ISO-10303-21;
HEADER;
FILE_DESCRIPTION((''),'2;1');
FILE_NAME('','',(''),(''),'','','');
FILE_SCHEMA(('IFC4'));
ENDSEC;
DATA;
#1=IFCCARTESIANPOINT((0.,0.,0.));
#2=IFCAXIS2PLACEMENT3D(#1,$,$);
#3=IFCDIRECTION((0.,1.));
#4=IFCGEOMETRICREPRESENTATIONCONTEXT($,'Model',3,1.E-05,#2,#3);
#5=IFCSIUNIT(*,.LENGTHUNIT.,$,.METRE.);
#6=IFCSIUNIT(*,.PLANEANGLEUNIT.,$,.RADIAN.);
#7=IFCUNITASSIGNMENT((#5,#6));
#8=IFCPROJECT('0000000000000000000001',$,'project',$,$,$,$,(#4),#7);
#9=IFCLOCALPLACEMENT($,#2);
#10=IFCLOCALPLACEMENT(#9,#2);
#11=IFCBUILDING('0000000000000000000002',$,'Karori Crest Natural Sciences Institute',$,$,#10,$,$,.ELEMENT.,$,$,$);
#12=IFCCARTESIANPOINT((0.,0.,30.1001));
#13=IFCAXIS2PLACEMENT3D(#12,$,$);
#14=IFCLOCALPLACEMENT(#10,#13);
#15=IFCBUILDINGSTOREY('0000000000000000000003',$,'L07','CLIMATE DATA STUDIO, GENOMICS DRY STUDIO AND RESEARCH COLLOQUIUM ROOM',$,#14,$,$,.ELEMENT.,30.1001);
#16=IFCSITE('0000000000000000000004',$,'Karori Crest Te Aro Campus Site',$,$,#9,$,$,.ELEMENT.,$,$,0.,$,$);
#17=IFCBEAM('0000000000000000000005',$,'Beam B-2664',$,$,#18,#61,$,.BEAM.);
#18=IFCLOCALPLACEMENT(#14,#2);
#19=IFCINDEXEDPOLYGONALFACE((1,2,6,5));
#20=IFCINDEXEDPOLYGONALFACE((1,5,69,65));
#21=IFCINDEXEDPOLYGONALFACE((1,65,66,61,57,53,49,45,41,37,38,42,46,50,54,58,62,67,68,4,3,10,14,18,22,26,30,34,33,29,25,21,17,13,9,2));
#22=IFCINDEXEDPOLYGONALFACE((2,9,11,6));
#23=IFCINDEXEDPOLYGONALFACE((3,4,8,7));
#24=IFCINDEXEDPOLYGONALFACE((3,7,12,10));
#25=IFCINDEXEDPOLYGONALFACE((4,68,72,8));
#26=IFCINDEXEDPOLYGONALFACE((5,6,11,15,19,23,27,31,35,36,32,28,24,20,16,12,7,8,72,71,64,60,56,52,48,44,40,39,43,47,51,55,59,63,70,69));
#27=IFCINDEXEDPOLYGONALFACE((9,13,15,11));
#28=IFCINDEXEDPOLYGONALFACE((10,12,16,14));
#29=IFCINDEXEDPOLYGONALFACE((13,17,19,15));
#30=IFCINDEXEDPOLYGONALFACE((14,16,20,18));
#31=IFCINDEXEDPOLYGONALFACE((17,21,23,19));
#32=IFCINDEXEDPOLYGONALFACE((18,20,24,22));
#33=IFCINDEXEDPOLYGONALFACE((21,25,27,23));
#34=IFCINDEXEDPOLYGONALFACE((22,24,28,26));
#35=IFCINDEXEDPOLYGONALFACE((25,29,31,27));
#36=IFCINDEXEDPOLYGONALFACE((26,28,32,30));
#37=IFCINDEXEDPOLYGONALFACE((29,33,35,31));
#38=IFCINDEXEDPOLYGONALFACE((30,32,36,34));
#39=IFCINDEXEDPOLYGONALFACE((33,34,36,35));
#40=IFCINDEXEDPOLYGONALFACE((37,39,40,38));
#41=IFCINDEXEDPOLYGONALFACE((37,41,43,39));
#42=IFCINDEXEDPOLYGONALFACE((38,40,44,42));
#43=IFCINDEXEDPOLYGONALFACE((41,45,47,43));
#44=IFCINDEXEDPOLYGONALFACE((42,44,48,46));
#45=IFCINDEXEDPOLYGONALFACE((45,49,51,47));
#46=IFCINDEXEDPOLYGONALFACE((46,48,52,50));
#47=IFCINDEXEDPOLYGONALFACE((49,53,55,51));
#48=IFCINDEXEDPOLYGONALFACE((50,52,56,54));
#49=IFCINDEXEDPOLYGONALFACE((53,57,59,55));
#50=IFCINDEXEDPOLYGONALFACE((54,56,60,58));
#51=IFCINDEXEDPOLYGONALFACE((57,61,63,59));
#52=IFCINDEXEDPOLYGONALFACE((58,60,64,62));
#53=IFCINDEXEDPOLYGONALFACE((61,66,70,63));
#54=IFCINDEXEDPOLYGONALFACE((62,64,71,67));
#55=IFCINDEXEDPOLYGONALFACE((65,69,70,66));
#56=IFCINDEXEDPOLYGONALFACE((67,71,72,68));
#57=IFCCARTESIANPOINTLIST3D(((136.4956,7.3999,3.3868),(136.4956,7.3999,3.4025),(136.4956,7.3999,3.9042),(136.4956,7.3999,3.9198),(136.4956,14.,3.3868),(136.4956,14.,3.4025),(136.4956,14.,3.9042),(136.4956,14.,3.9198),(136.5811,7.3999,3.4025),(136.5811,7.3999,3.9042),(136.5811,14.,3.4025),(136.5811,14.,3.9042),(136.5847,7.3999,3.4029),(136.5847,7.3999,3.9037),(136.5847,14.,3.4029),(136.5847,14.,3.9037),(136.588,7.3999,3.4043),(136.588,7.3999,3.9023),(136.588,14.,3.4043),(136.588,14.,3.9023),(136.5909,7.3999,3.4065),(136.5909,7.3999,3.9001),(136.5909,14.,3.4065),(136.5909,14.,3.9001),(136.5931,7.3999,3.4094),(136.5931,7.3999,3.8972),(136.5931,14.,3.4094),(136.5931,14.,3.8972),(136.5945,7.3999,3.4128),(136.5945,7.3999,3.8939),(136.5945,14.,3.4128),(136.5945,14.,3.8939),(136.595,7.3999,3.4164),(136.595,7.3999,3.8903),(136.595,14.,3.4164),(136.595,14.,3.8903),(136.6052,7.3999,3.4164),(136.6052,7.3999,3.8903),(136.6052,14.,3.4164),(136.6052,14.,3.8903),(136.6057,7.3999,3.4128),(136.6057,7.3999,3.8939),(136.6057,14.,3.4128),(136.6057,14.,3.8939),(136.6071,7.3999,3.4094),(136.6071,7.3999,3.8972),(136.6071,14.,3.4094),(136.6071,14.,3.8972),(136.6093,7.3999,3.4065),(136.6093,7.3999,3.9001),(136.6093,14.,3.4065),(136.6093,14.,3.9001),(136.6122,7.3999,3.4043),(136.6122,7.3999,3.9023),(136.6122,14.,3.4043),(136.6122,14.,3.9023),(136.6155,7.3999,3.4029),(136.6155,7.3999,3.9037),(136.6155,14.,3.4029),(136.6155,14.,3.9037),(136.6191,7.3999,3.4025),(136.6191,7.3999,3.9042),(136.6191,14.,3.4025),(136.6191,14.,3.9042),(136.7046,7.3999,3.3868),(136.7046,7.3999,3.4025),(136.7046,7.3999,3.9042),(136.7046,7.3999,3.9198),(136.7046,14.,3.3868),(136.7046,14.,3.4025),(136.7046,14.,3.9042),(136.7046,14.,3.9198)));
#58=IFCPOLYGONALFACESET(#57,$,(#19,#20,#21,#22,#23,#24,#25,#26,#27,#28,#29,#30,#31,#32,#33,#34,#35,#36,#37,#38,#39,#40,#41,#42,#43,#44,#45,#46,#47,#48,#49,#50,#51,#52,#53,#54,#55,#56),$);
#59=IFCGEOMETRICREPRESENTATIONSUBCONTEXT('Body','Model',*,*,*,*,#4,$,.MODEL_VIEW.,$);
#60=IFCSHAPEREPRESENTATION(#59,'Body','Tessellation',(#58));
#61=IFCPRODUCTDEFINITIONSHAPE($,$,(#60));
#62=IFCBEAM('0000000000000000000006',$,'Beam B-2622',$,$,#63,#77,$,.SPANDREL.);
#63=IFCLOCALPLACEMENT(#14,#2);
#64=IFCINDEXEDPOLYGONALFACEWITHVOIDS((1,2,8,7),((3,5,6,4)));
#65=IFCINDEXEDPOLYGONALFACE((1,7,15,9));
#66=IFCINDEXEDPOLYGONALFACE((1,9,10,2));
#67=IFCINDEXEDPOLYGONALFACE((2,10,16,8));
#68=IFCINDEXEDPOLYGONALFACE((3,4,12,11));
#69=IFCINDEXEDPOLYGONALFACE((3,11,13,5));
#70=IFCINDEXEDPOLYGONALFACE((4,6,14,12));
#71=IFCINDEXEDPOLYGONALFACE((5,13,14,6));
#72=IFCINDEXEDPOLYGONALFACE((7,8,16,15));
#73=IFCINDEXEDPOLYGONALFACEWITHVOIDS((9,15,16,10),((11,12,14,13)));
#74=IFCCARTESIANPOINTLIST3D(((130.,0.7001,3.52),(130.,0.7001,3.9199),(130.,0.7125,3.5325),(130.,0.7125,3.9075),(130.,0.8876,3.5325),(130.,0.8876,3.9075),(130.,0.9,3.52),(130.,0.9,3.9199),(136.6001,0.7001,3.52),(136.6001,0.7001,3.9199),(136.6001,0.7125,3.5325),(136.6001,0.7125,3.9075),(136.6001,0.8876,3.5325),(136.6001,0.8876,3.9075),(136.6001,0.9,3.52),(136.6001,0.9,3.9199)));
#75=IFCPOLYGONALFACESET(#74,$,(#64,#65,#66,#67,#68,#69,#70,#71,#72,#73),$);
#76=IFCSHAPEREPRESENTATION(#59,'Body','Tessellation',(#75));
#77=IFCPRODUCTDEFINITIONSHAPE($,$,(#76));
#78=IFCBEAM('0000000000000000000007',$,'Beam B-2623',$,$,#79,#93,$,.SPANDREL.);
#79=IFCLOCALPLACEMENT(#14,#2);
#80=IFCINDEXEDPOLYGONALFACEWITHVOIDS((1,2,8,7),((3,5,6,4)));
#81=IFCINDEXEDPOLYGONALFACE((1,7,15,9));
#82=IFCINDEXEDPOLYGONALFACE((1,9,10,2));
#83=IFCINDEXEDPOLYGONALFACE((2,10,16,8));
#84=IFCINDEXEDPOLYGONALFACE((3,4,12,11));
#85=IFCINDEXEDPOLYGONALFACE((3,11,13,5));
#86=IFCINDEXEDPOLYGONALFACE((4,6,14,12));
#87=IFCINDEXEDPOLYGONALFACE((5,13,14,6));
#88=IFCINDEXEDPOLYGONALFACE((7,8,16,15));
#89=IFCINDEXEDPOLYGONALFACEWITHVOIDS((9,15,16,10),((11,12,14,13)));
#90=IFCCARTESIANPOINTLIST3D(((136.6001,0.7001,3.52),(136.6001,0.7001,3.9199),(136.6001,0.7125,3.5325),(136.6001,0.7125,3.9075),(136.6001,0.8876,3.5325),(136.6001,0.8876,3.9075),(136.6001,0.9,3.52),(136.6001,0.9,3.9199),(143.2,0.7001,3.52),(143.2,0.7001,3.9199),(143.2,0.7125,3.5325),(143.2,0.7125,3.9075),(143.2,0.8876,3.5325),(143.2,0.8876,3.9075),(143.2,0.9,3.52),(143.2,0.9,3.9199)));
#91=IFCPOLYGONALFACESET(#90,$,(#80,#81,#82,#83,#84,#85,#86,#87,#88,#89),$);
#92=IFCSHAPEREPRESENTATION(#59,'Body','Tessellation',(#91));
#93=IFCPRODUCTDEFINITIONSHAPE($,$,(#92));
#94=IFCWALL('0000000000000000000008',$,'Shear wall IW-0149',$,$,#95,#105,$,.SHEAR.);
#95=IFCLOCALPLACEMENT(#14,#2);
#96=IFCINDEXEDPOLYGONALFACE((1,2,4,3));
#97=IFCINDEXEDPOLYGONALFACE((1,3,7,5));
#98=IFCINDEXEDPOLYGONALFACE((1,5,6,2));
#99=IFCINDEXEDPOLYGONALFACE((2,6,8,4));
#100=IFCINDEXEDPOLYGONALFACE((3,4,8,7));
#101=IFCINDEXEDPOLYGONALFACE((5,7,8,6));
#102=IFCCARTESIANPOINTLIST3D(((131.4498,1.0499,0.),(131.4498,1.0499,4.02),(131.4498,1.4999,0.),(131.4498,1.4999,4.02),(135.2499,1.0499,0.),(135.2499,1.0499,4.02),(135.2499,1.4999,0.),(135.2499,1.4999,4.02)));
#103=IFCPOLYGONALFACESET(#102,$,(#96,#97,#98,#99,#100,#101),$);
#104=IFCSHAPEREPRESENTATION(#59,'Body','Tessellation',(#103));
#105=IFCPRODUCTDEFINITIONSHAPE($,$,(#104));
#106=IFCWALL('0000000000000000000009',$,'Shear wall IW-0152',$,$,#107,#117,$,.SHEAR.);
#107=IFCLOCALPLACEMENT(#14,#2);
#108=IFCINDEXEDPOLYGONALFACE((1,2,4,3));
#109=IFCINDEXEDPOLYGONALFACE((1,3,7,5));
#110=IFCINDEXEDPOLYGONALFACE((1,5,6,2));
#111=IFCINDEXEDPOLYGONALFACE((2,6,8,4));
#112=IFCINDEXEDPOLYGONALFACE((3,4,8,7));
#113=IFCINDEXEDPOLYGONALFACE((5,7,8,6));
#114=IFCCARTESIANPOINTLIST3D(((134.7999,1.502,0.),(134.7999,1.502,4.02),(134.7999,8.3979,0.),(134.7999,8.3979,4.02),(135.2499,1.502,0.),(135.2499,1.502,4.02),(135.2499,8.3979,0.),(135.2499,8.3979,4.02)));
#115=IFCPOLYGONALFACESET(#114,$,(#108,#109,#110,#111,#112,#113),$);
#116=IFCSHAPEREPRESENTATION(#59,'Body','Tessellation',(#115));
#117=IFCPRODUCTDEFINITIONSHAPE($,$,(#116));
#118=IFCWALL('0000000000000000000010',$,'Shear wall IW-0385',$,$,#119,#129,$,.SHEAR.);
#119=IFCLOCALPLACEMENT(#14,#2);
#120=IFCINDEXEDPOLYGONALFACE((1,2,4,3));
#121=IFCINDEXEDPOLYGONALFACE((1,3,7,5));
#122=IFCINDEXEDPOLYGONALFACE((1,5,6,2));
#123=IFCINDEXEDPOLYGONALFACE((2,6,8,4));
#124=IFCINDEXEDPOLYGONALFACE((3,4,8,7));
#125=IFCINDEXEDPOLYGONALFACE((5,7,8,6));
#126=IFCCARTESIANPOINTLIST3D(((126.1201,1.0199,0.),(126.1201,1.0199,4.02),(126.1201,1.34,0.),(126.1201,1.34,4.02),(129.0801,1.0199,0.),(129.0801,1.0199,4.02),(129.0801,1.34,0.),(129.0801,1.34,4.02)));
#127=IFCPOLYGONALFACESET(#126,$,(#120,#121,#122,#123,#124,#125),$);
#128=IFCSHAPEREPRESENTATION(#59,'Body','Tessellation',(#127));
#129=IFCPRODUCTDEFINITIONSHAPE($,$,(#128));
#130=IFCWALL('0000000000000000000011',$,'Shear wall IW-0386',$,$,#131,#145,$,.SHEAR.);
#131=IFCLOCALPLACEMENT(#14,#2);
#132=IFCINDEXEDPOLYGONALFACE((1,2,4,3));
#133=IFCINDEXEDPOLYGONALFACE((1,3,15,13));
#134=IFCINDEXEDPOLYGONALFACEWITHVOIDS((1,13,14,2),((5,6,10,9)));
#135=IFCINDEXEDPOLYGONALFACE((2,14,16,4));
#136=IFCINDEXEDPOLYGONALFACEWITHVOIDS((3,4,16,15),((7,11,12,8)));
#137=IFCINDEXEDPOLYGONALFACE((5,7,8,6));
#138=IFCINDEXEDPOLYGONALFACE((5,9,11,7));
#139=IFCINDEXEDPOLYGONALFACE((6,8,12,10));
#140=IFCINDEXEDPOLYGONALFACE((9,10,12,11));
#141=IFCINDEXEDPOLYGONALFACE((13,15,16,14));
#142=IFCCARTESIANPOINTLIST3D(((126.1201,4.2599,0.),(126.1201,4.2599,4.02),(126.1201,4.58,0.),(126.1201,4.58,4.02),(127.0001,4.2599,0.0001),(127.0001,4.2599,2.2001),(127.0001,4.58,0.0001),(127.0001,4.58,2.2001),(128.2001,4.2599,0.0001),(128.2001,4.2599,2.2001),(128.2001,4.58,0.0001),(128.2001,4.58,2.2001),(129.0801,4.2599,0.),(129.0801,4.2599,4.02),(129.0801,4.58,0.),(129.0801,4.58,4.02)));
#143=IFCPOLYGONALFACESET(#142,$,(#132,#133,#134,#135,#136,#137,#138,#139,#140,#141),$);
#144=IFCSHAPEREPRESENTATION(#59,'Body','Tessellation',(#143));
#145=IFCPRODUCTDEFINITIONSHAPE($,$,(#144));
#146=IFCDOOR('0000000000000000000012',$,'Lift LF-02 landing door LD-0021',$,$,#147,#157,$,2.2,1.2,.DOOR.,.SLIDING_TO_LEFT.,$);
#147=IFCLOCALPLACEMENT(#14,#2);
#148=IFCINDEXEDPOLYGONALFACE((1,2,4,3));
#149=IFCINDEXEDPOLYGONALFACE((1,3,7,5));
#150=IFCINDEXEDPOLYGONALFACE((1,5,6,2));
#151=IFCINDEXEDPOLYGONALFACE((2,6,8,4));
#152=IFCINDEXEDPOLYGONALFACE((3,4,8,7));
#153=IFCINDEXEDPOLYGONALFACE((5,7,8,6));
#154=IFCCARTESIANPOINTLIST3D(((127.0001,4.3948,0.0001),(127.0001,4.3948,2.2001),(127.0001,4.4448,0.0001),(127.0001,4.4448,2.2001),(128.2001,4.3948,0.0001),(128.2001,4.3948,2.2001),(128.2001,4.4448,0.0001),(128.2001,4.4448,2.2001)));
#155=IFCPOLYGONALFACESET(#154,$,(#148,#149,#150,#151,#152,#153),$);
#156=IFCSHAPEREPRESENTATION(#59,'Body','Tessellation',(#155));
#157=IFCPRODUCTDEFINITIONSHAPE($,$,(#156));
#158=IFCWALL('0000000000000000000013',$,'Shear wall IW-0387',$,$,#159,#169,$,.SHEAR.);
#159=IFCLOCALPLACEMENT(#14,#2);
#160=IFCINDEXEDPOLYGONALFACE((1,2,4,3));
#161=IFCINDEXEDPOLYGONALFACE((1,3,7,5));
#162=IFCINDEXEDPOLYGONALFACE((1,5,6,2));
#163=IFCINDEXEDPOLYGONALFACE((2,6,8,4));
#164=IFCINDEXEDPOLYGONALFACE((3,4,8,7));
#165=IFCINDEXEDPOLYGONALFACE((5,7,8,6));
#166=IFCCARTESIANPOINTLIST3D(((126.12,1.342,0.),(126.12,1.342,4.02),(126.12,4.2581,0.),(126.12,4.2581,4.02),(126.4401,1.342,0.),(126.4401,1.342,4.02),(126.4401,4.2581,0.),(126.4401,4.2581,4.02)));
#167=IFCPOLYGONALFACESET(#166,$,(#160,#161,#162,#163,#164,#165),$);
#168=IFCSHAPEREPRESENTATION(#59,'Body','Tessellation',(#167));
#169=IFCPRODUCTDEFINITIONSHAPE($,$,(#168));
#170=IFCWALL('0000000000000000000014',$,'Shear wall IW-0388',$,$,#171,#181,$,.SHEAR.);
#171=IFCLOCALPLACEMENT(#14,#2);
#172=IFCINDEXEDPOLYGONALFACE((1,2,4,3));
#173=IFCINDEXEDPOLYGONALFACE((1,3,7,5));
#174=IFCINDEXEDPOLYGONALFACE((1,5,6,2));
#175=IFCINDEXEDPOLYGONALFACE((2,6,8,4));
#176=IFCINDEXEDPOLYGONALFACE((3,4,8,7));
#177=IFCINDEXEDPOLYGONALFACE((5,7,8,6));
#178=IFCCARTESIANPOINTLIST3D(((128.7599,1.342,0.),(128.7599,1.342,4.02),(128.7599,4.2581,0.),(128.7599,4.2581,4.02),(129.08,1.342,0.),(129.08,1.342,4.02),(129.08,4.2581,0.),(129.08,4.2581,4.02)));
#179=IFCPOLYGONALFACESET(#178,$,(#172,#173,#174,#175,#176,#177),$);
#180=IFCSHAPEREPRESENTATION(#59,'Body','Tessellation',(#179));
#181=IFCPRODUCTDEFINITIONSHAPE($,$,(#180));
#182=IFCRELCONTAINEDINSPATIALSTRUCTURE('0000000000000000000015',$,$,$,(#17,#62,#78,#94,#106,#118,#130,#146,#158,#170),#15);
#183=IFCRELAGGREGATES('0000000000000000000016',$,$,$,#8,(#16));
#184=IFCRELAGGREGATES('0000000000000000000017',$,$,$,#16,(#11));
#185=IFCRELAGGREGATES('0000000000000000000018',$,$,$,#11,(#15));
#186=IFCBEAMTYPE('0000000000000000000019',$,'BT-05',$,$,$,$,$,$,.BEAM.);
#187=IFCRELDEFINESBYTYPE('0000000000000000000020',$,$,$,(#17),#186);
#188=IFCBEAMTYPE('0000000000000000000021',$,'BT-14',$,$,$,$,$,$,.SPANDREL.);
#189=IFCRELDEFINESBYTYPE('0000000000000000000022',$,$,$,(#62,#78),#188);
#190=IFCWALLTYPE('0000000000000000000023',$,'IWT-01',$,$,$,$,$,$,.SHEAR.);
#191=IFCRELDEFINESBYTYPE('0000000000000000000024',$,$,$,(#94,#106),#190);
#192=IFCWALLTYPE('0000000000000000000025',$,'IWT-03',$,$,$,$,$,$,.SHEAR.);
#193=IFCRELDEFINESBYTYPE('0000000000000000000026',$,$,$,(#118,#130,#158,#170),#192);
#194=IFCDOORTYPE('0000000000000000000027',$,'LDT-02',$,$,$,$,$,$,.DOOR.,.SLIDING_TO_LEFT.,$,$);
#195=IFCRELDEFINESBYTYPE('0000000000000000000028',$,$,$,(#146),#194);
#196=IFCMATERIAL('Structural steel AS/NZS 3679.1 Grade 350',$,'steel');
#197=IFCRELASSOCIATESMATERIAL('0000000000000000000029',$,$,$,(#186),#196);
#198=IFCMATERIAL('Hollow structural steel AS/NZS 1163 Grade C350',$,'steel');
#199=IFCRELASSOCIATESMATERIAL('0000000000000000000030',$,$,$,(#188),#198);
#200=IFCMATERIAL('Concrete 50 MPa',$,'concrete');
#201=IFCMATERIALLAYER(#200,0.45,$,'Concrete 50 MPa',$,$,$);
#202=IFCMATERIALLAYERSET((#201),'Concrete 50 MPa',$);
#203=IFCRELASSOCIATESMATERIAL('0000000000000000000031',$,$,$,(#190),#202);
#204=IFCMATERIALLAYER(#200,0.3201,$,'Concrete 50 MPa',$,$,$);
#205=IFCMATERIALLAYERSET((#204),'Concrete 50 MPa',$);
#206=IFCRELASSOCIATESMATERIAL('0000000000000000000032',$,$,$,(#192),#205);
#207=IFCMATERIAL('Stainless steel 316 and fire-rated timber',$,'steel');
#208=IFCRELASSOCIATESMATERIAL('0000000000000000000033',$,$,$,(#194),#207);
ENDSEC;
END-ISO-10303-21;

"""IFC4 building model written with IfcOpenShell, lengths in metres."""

from ifc_helpers import new_model, si_unit, direction, frame, frame_2d, origin, origin_2d, place, context, subcontext, project, spatial, rectangle, hollow_rectangle, i_section, extrude, material, layer, layer_set, material_profile, profile_set, type_object, element, fill, save


model = new_model("IFC4")

# Units and contexts
model_context = context("Model", 3, precision=1e-05, world=origin(), true_north=direction((0.0, 1.0)))
body_context = subcontext(model_context, "Body", "Model", "MODEL_VIEW")
ifc_project = project(units=[si_unit("LENGTHUNIT", "METRE"), si_unit("PLANEANGLEUNIT", "RADIAN")], contexts=[model_context])

# Site, building, storey
site_placement = place(None, origin())
site = spatial("IfcSite", under=ifc_project, at=site_placement, Name="Karori Crest Te Aro Campus Site", CompositionType="ELEMENT", RefElevation=0.0)
building_placement = place(site_placement, origin())
building = spatial("IfcBuilding", under=site, at=building_placement, Name="Karori Crest Natural Sciences Institute", CompositionType="ELEMENT")
storey_placement = place(building_placement, frame((0.0, 0.0, 30.1001)))
storey = spatial("IfcBuildingStorey", under=building, at=storey_placement, Name="L07", Description="CLIMATE DATA STUDIO, GENOMICS DRY STUDIO AND RESEARCH COLLOQUIUM ROOM", CompositionType="ELEMENT", Elevation=30.1001)

# Shared definitions
ifc_material_1 = material(Name="Structural steel AS/NZS 3679.1 Grade 350", Category="steel")
ifc_material_2 = material(Name="Concrete 50 MPa", Category="concrete")

# Beams
ifc_material_profile_1 = material_profile(ifc_material_1, i_section(OverallWidth=0.209, OverallDepth=0.533, WebThickness=0.0103, FlangeThickness=0.0156, FilletRadius=0.0139, at=origin_2d()), Name="530UB92.4")
ifc_profile_set_1 = profile_set([ifc_material_profile_1], Name="Structural steel AS/NZS 3679.1 Grade 350")
beam_type_1 = type_object("IfcBeamType", Name="BT-05", PredefinedType="BEAM", material=ifc_profile_set_1)
beam_1_placement = place(storey_placement, frame((136.6001, 7.3999, 3.6533), z_axis=(0.0, 1.0, 0.0), x_axis=(-1.0, 0.0, 0.0)))
element("IfcBeam", 1, at=beam_1_placement, inside=storey, type_object=beam_type_1, Name="Beam B-2664", PredefinedType="BEAM", context=body_context, shape_type="SweptSolid", body=[
    extrude(i_section(OverallWidth=0.209, OverallDepth=0.533, WebThickness=0.0103, FlangeThickness=0.0156, FilletRadius=0.0139, at=origin_2d()), origin(), (0.0, 0.0, 1.0), 6.6001),
])
ifc_material_3 = material(Name="Hollow structural steel AS/NZS 1163 Grade C350", Category="steel")
ifc_material_profile_2 = material_profile(ifc_material_3, hollow_rectangle(XDim=0.2, YDim=0.3999, WallThickness=0.0125, at=origin_2d()), Name="RHS400x200x12.5")
ifc_profile_set_2 = profile_set([ifc_material_profile_2], Name="Hollow structural steel AS/NZS 1163 Grade C350")
beam_type_2 = type_object("IfcBeamType", Name="BT-14", PredefinedType="SPANDREL", material=ifc_profile_set_2)
beam_2_placement = place(storey_placement, frame((130.0, 0.8, 3.72), z_axis=(1.0, 0.0, 0.0), x_axis=(0.0, 1.0, 0.0)))
element("IfcBeam", 2, at=beam_2_placement, inside=storey, type_object=beam_type_2, Name="Beam B-2622", PredefinedType="SPANDREL", context=body_context, shape_type="SweptSolid", body=[
    extrude(hollow_rectangle(XDim=0.2, YDim=0.3999, WallThickness=0.0125, at=origin_2d()), origin(), (0.0, 0.0, 1.0), 6.6001),
])
beam_3_placement = place(storey_placement, frame((136.6001, 0.8, 3.72), z_axis=(1.0, 0.0, 0.0), x_axis=(0.0, 1.0, 0.0)))
element("IfcBeam", 3, at=beam_3_placement, inside=storey, type_object=beam_type_2, Name="Beam B-2623", PredefinedType="SPANDREL", context=body_context, shape_type="SweptSolid", body=[
    extrude(hollow_rectangle(XDim=0.2, YDim=0.3999, WallThickness=0.0125, at=origin_2d()), origin(), (0.0, 0.0, 1.0), 6.5999),
])

# Wall
ifc_layer_1 = layer(ifc_material_2, 0.45, Name="Concrete 50 MPa")
ifc_layer_set_1 = layer_set([ifc_layer_1], Name="Concrete 50 MPa")
wall_type_1 = type_object("IfcWallType", Name="IWT-01", PredefinedType="SHEAR", material=ifc_layer_set_1)
wall_1_placement = place(storey_placement, frame((131.45, 1.2749, 0.0), z_axis=(0.0, 0.0, 1.0), x_axis=(1.0, 0.0, 0.0)))
element("IfcWall", 4, at=wall_1_placement, inside=storey, type_object=wall_type_1, Name="Shear wall IW-0149", PredefinedType="SHEAR", context=body_context, shape_type="SweptSolid", body=[
    extrude(rectangle(XDim=3.8, YDim=0.45, at=frame_2d((1.8999, 0.0))), origin(), (0.0, 0.0, 1.0), 4.02),
])

# Shared definitions
ifc_material_4 = material(Name="Stainless steel 316 and fire-rated timber", Category="steel")

# Walls
wall_2_placement = place(storey_placement, frame((135.0249, 1.502, 0.0), z_axis=(0.0, 0.0, 1.0), x_axis=(0.0, 1.0, 0.0)))
element("IfcWall", 5, at=wall_2_placement, inside=storey, type_object=wall_type_1, Name="Shear wall IW-0152", PredefinedType="SHEAR", context=body_context, shape_type="SweptSolid", body=[
    extrude(rectangle(XDim=6.896, YDim=0.45, at=frame_2d((3.448, 0.0))), origin(), (0.0, 0.0, 1.0), 4.02),
])
ifc_layer_2 = layer(ifc_material_2, 0.3201, Name="Concrete 50 MPa")
ifc_layer_set_2 = layer_set([ifc_layer_2], Name="Concrete 50 MPa")
wall_type_2 = type_object("IfcWallType", Name="IWT-03", PredefinedType="SHEAR", material=ifc_layer_set_2)
wall_3_placement = place(storey_placement, frame((126.1201, 1.1799, 0.0), z_axis=(0.0, 0.0, 1.0), x_axis=(1.0, 0.0, 0.0)))
element("IfcWall", 6, at=wall_3_placement, inside=storey, type_object=wall_type_2, Name="Shear wall IW-0385", PredefinedType="SHEAR", context=body_context, shape_type="SweptSolid", body=[
    extrude(rectangle(XDim=2.96, YDim=0.3201, at=frame_2d((1.48, 0.0))), origin(), (0.0, 0.0, 1.0), 4.02),
])

# Wall, opening, door
wall_4_placement = place(storey_placement, frame((126.1201, 4.4199, 0.0), z_axis=(0.0, 0.0, 1.0), x_axis=(1.0, 0.0, 0.0)))
wall_4 = element("IfcWall", 7, at=wall_4_placement, inside=storey, type_object=wall_type_2, Name="Shear wall IW-0386", PredefinedType="SHEAR", context=body_context, shape_type="SweptSolid", body=[
    extrude(rectangle(XDim=2.96, YDim=0.3201, at=frame_2d((1.48, 0.0))), origin(), (0.0, 0.0, 1.0), 4.02),
])
opening_1_placement = place(wall_4_placement, frame((0.8799, 0.0, 0.0)))
opening_1 = element("IfcOpeningElement", 8, at=opening_1_placement, cuts=wall_4, PredefinedType="OPENING", context=body_context, shape_type="SweptSolid", body=[
    extrude(rectangle(XDim=1.2, YDim=2.2, at=frame_2d((0.6001, 1.1001))), frame((0.0, 0.1699, 0.0), z_axis=(0.0, -1.0, 0.0), x_axis=(1.0, 0.0, 0.0)), (0.0, 0.0, 1.0), 0.3401),
])
door_type_1 = type_object("IfcDoorType", Name="LDT-02", OperationType="SLIDING_TO_LEFT", PredefinedType="DOOR", material=ifc_material_4)
door_1_placement = place(opening_1_placement, origin())
door_1 = element("IfcDoor", 9, at=door_1_placement, inside=storey, type_object=door_type_1, Name="Lift LF-02 landing door LD-0021", OperationType="SLIDING_TO_LEFT", OverallHeight=2.2, OverallWidth=1.2, PredefinedType="DOOR", context=body_context, shape_type="SweptSolid", body=[
    extrude(rectangle(XDim=1.2, YDim=2.2, at=frame_2d((0.6001, 1.1001))), frame((0.0, 0.0249, 0.0), z_axis=(0.0, -1.0, 0.0), x_axis=(1.0, 0.0, 0.0)), (0.0, 0.0, 1.0), 0.05),
])
fill(opening_1, door_1)

# Walls
for number, where, z_axis, x_axis, name in (
    (10, (126.28, 1.342, 0.0), (0.0, 0.0, 1.0), (0.0, 1.0, 0.0), "Shear wall IW-0387"),
    (11, (128.9199, 1.342, 0.0), (0.0, 0.0, 1.0), (0.0, 1.0, 0.0), "Shear wall IW-0388"),
):
    element("IfcWall", number, at=place(storey_placement, frame(where, z_axis=z_axis, x_axis=x_axis)), inside=storey, type_object=wall_type_2, Name=name, PredefinedType="SHEAR", context=body_context, shape_type="SweptSolid", body=[
        extrude(rectangle(XDim=2.916, YDim=0.3201, at=frame_2d((1.458, 0.0))), origin(), (0.0, 0.0, 1.0), 4.02),
    ])

save(model, "model.ifc")
